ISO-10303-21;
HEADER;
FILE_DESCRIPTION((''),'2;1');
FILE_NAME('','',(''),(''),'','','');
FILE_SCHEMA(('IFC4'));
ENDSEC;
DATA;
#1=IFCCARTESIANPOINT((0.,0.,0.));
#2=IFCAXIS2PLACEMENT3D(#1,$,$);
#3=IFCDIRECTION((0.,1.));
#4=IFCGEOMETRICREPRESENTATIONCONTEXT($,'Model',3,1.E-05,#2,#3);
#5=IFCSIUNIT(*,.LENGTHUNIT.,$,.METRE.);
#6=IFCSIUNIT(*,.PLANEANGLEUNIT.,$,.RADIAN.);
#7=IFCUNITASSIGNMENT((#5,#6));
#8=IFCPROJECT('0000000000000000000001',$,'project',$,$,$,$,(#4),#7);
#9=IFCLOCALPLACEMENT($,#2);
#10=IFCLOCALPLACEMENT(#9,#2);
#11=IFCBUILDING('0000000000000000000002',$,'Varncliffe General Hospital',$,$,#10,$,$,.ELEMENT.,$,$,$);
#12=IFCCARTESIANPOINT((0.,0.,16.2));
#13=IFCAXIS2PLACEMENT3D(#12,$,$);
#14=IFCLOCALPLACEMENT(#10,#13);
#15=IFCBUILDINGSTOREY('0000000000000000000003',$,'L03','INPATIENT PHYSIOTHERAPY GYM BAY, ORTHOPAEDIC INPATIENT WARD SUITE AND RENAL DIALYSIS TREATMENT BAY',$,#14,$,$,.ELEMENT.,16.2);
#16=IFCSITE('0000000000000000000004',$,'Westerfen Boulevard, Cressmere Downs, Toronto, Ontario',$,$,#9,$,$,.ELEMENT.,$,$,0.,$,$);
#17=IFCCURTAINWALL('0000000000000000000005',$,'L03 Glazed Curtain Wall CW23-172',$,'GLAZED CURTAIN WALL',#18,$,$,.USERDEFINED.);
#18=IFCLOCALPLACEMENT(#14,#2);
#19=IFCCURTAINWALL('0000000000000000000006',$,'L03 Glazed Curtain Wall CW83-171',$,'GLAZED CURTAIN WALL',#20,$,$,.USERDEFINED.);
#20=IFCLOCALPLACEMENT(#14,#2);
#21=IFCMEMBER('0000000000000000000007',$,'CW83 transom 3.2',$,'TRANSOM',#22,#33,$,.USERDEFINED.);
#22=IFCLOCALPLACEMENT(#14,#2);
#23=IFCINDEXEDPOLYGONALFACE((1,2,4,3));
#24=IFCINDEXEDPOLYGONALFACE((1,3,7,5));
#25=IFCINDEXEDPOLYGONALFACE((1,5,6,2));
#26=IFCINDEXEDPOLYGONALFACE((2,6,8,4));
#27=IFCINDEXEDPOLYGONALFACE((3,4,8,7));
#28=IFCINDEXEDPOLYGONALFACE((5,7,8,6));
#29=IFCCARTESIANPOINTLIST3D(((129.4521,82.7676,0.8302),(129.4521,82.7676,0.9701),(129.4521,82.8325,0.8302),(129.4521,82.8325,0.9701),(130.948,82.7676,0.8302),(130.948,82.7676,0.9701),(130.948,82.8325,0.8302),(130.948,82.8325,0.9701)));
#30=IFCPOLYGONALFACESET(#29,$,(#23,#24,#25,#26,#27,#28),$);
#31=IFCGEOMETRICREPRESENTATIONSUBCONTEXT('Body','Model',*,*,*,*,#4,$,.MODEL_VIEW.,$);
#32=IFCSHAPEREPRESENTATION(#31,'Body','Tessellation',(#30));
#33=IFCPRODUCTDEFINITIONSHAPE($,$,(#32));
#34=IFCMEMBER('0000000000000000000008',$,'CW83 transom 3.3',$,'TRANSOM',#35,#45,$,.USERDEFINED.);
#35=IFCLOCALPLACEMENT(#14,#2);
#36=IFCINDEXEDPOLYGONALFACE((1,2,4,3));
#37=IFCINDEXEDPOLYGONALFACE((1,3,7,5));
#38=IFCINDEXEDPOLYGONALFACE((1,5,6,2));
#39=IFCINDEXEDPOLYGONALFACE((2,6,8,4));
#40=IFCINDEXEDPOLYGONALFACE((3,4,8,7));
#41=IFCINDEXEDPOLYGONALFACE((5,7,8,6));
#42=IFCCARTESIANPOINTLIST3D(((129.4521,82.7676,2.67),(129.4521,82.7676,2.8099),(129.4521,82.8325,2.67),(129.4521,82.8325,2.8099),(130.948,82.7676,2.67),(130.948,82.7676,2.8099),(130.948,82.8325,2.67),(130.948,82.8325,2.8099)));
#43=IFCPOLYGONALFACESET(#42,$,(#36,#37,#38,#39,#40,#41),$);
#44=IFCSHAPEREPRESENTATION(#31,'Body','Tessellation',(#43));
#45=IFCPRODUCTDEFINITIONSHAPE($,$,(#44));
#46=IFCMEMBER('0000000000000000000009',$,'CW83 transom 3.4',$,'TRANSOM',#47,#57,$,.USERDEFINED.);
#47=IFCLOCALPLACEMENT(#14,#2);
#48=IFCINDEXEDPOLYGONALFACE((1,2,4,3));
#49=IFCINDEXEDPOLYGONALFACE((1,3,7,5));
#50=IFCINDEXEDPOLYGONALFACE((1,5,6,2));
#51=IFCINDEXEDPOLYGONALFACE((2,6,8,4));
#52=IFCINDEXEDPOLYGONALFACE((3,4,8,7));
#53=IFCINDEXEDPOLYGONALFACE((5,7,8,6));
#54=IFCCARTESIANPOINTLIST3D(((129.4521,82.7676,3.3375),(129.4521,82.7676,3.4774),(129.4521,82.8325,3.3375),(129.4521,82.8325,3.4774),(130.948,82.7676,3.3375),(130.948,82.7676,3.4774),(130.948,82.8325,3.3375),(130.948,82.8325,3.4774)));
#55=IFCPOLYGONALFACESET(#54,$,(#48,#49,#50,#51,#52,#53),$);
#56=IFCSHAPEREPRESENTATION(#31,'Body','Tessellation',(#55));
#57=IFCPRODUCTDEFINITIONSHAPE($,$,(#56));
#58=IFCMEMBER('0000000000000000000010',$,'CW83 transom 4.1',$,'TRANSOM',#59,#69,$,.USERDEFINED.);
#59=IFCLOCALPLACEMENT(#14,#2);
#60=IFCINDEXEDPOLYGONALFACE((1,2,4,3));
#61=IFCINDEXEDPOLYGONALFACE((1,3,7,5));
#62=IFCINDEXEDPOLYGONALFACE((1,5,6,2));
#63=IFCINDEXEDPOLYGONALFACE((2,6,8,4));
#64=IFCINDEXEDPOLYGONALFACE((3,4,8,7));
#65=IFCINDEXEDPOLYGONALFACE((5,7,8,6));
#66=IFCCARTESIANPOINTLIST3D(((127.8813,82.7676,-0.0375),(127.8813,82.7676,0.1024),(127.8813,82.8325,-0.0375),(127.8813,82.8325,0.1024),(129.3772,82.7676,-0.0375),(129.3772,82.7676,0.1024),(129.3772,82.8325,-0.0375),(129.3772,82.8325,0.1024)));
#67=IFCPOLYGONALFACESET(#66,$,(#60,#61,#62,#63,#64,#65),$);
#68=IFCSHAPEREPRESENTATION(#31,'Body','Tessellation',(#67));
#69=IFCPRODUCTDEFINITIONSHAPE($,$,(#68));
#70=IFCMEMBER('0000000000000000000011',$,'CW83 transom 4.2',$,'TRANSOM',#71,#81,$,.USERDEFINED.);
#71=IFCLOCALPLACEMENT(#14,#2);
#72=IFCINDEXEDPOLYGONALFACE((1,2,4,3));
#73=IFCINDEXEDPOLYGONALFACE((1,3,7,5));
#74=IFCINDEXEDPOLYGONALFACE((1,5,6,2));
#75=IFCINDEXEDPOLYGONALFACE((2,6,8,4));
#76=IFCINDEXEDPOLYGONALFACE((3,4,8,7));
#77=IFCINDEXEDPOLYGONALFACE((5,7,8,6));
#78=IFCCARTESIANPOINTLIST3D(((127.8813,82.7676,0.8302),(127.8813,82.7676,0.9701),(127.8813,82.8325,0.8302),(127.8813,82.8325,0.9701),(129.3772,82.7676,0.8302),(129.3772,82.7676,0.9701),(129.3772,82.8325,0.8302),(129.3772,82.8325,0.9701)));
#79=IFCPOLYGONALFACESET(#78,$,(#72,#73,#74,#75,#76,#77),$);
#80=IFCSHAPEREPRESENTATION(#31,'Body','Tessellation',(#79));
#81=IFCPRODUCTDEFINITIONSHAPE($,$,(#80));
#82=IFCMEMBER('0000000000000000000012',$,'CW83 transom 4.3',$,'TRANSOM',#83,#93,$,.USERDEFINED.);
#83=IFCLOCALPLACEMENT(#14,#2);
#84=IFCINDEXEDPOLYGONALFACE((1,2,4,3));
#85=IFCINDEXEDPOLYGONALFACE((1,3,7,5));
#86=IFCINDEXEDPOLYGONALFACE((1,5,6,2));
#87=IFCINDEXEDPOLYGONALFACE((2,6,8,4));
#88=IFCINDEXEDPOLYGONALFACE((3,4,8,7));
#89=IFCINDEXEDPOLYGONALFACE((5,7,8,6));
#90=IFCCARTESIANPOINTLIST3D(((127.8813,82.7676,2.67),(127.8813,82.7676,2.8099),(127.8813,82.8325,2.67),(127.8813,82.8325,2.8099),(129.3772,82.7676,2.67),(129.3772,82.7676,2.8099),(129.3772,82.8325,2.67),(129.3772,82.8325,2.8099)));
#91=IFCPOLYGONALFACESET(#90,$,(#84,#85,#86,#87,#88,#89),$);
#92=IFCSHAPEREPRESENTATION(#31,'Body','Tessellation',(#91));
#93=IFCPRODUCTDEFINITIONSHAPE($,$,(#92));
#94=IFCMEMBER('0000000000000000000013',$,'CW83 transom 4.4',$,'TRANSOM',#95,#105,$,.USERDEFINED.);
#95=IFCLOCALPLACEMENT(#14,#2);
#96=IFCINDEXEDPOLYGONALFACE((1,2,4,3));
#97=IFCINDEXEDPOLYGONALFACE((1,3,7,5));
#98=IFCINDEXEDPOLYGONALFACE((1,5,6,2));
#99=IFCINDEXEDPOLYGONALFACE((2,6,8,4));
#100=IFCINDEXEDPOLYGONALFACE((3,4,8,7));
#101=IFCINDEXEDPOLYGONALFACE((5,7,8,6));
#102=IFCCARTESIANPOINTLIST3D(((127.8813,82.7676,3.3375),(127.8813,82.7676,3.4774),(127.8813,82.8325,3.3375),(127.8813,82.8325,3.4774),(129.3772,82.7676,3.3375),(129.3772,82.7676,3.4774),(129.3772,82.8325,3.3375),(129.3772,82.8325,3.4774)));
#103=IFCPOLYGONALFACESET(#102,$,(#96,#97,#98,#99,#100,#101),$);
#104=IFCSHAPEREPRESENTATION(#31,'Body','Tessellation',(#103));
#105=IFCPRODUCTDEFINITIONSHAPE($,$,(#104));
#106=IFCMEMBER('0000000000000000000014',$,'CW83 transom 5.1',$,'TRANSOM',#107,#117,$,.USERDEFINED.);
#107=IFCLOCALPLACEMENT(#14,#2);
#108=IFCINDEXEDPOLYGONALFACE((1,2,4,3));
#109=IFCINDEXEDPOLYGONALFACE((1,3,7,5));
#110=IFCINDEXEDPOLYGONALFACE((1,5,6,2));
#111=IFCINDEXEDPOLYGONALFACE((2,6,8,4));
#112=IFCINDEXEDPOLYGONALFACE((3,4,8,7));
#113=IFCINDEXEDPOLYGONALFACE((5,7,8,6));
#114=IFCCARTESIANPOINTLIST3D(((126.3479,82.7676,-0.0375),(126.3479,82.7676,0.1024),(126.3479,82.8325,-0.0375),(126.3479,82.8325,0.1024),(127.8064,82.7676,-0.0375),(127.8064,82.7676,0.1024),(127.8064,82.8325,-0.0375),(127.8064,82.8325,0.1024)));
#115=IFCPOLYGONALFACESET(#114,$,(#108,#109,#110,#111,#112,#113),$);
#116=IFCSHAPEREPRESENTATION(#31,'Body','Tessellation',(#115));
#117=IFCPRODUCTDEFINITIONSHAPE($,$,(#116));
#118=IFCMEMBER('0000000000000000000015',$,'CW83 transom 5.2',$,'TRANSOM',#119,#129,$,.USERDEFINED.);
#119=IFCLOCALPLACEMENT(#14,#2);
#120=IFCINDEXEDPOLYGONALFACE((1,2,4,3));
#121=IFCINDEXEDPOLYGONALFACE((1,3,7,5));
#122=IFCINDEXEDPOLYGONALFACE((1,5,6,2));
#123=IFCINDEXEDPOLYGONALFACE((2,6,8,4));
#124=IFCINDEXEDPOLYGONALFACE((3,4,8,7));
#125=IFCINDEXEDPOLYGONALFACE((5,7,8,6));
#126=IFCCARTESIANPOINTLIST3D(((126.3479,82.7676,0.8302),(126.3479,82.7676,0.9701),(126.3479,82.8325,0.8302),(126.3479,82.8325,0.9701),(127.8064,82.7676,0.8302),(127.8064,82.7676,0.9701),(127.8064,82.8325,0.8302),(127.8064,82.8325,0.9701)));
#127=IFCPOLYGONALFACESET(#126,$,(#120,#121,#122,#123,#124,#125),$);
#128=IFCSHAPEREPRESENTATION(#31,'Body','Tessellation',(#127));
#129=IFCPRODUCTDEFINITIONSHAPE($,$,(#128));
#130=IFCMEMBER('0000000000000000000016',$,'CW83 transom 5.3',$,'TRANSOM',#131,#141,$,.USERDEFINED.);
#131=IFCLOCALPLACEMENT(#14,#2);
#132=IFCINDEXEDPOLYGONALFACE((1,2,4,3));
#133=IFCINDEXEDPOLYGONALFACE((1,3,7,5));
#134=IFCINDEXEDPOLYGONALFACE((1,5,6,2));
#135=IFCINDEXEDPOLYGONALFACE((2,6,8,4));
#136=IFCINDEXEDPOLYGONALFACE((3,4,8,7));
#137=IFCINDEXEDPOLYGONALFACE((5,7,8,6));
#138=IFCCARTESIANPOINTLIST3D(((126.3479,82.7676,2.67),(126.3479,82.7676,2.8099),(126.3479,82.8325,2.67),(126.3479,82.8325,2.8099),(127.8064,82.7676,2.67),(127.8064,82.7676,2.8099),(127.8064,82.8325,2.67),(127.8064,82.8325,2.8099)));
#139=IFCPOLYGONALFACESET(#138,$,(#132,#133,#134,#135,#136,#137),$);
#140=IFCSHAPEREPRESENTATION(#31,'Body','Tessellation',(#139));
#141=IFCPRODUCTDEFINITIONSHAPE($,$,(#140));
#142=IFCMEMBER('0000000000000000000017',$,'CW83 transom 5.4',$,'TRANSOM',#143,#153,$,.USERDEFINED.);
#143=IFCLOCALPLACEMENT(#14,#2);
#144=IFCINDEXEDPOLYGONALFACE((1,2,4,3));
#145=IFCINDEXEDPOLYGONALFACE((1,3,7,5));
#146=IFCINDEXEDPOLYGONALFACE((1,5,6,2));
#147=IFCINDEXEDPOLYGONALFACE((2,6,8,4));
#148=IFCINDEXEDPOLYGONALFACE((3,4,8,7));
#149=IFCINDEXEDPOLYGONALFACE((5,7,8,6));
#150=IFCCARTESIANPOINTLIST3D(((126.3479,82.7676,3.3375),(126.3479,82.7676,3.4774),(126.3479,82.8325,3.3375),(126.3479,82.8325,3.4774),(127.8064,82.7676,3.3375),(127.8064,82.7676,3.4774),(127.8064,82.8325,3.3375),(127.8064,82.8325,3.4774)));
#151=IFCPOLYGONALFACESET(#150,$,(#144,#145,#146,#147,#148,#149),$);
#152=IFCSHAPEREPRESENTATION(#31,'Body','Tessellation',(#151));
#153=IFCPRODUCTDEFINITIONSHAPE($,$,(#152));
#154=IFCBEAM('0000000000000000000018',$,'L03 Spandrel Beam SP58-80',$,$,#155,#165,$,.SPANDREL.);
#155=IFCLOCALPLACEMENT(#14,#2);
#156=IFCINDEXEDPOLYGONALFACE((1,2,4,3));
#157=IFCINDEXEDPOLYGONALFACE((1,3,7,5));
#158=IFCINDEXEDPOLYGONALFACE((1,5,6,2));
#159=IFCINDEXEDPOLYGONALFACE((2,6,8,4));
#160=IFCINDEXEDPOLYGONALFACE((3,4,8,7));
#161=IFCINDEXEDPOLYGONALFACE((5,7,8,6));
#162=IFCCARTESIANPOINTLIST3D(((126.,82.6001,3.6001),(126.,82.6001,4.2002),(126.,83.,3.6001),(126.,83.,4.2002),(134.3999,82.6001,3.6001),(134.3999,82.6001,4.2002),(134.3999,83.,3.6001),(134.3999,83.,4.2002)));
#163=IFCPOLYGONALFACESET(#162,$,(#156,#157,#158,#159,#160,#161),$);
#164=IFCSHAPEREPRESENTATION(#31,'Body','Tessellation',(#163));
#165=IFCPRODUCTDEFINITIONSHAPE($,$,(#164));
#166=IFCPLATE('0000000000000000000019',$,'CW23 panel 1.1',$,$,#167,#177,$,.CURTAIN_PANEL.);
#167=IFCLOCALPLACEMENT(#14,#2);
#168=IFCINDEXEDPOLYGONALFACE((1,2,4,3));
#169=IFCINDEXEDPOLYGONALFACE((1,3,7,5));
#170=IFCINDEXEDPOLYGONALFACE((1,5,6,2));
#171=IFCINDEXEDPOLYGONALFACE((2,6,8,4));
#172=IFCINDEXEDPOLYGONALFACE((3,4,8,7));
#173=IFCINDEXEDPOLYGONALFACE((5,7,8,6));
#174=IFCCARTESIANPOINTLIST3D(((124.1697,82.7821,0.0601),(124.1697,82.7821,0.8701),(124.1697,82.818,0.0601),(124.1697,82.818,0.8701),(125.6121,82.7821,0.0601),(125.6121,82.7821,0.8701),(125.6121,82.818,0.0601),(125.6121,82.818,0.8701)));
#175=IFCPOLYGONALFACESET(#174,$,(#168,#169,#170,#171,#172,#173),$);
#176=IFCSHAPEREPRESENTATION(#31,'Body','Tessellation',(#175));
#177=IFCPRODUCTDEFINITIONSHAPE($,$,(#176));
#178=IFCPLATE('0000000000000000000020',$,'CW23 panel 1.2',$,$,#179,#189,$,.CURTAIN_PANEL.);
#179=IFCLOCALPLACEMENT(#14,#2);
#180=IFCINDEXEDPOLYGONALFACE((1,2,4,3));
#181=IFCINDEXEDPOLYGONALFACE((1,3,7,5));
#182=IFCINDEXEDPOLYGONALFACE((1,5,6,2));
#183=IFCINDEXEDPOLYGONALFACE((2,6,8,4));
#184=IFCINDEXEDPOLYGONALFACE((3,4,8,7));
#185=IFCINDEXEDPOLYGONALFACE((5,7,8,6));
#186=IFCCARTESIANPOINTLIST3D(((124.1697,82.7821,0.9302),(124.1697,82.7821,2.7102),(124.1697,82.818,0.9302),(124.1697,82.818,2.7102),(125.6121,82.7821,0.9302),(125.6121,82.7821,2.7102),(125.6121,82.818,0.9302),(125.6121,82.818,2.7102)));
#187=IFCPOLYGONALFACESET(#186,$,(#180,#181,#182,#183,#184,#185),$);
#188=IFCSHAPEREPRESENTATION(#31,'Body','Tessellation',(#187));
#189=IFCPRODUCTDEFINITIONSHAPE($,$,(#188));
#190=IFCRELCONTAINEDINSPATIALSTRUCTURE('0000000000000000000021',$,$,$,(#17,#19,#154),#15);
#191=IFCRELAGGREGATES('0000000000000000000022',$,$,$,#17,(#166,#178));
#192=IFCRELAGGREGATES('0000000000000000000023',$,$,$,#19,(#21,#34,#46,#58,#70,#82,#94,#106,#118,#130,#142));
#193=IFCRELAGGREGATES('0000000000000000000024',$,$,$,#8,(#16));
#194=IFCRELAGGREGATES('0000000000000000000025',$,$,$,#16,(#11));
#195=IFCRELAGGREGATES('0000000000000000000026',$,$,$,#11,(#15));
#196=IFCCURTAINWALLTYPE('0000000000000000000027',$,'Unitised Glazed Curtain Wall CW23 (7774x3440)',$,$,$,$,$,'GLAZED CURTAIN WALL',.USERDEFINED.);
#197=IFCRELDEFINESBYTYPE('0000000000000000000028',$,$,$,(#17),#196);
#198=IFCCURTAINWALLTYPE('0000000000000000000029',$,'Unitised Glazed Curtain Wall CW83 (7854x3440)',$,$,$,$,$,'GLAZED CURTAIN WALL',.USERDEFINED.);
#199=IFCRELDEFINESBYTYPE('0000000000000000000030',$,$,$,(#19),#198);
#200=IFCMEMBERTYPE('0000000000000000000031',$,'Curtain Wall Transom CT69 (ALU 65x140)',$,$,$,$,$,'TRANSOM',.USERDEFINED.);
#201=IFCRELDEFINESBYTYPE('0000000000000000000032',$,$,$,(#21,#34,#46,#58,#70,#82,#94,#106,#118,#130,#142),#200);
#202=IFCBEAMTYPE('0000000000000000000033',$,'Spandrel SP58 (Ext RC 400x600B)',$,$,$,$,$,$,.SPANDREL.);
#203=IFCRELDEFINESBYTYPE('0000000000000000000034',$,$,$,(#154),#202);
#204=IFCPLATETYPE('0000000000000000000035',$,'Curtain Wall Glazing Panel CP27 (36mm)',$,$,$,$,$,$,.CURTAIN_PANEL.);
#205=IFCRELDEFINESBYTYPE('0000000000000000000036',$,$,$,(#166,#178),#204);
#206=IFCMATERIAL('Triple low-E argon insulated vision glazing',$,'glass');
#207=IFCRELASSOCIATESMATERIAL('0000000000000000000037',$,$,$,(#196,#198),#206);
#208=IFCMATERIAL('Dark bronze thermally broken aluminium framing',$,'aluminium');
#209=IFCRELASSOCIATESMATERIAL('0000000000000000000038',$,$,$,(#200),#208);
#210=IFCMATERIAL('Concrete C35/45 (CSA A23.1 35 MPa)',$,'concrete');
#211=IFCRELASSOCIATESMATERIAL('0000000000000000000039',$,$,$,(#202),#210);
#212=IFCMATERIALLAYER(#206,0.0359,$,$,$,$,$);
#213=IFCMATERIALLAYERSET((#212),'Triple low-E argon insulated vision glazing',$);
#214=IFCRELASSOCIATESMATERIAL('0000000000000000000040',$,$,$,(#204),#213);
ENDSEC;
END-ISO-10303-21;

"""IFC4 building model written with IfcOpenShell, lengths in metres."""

from ifc_helpers import new_model, si_unit, direction, frame, origin, origin_2d, place, context, subcontext, project, spatial, rectangle, extrude, material, layer, layer_set, material_profile, profile_set, type_object, element, aggregate, save


model = new_model("IFC4")

# Units and contexts
model_context = context("Model", 3, precision=1e-05, world=origin(), true_north=direction((0.0, 1.0)))
body_context = subcontext(model_context, "Body", "Model", "MODEL_VIEW")
ifc_project = project(units=[si_unit("LENGTHUNIT", "METRE"), si_unit("PLANEANGLEUNIT", "RADIAN")], contexts=[model_context])

# Site, building, storey
site_placement = place(None, origin())
site = spatial("IfcSite", under=ifc_project, at=site_placement, Name="Westerfen Boulevard, Cressmere Downs, Toronto, Ontario", CompositionType="ELEMENT", RefElevation=0.0)
building_placement = place(site_placement, origin())
building = spatial("IfcBuilding", under=site, at=building_placement, Name="Varncliffe General Hospital", CompositionType="ELEMENT")
storey_placement = place(building_placement, frame((0.0, 0.0, 16.2)))
storey = spatial("IfcBuildingStorey", under=building, at=storey_placement, Name="L03", Description="INPATIENT PHYSIOTHERAPY GYM BAY, ORTHOPAEDIC INPATIENT WARD SUITE AND RENAL DIALYSIS TREATMENT BAY", CompositionType="ELEMENT", Elevation=16.2)

# Shared definitions
ifc_material_1 = material(Name="Concrete C35/45 (CSA A23.1 35 MPa)", Category="concrete")

# Curtain walls
ifc_material_2 = material(Name="Triple low-E argon insulated vision glazing", Category="glass")
curtain_wall_type_1 = type_object("IfcCurtainWallType", Name="Unitised Glazed Curtain Wall CW23 (7774x3440)", ElementType="GLAZED CURTAIN WALL", PredefinedType="USERDEFINED", material=ifc_material_2)
curtain_wall_1_placement = place(storey_placement, origin())
curtain_wall_1 = element("IfcCurtainWall", 1, at=curtain_wall_1_placement, inside=storey, type_object=curtain_wall_type_1, Name="L03 Glazed Curtain Wall CW23-172", ObjectType="GLAZED CURTAIN WALL", PredefinedType="USERDEFINED")
ifc_material_3 = material(Name="Dark bronze thermally broken aluminium framing", Category="aluminium")
curtain_wall_type_2 = type_object("IfcCurtainWallType", Name="Unitised Glazed Curtain Wall CW83 (7854x3440)", ElementType="GLAZED CURTAIN WALL", PredefinedType="USERDEFINED", material=ifc_material_2)
curtain_wall_2_placement = place(storey_placement, origin())
curtain_wall_2 = element("IfcCurtainWall", 2, at=curtain_wall_2_placement, inside=storey, type_object=curtain_wall_type_2, Name="L03 Glazed Curtain Wall CW83-171", ObjectType="GLAZED CURTAIN WALL", PredefinedType="USERDEFINED")

# Members
ifc_material_profile_1 = material_profile(ifc_material_3, rectangle(XDim=0.0649, YDim=0.1399, at=origin_2d()), Name="ALU 65x140")
ifc_profile_set_1 = profile_set([ifc_material_profile_1], Name="Dark bronze thermally broken aluminium framing")
member_type_1 = type_object("IfcMemberType", Name="Curtain Wall Transom CT69 (ALU 65x140)", ElementType="TRANSOM", PredefinedType="USERDEFINED", material=ifc_profile_set_1)
member_1_placement = place(storey_placement, frame((130.948, 82.8, 0.9001), z_axis=(-1.0, 0.0, 0.0), x_axis=(0.0, -1.0, 0.0)))
member_1 = element("IfcMember", 3, at=member_1_placement, type_object=member_type_1, Name="CW83 transom 3.2", ObjectType="TRANSOM", PredefinedType="USERDEFINED", context=body_context, shape_type="SweptSolid", body=[
    extrude(rectangle(XDim=0.0649, YDim=0.1399, at=origin_2d()), origin(), (0.0, 0.0, 1.0), 1.4958),
])
member_2_placement = place(storey_placement, frame((130.948, 82.8, 2.74), z_axis=(-1.0, 0.0, 0.0), x_axis=(0.0, -1.0, 0.0)))
member_2 = element("IfcMember", 4, at=member_2_placement, type_object=member_type_1, Name="CW83 transom 3.3", ObjectType="TRANSOM", PredefinedType="USERDEFINED", context=body_context, shape_type="SweptSolid", body=[
    extrude(rectangle(XDim=0.0649, YDim=0.1399, at=origin_2d()), origin(), (0.0, 0.0, 1.0), 1.4958),
])
member_3_placement = place(storey_placement, frame((130.948, 82.8, 3.4075), z_axis=(-1.0, 0.0, 0.0), x_axis=(0.0, -1.0, 0.0)))
member_3 = element("IfcMember", 5, at=member_3_placement, type_object=member_type_1, Name="CW83 transom 3.4", ObjectType="TRANSOM", PredefinedType="USERDEFINED", context=body_context, shape_type="SweptSolid", body=[
    extrude(rectangle(XDim=0.0649, YDim=0.1399, at=origin_2d()), origin(), (0.0, 0.0, 1.0), 1.4958),
])
member_4_placement = place(storey_placement, frame((129.3772, 82.8, 0.0325), z_axis=(-1.0, 0.0, 0.0), x_axis=(0.0, -1.0, 0.0)))
member_4 = element("IfcMember", 6, at=member_4_placement, type_object=member_type_1, Name="CW83 transom 4.1", ObjectType="TRANSOM", PredefinedType="USERDEFINED", context=body_context, shape_type="SweptSolid", body=[
    extrude(rectangle(XDim=0.0649, YDim=0.1399, at=origin_2d()), origin(), (0.0, 0.0, 1.0), 1.4958),
])
member_5_placement = place(storey_placement, frame((129.3772, 82.8, 0.9001), z_axis=(-1.0, 0.0, 0.0), x_axis=(0.0, -1.0, 0.0)))
member_5 = element("IfcMember", 7, at=member_5_placement, type_object=member_type_1, Name="CW83 transom 4.2", ObjectType="TRANSOM", PredefinedType="USERDEFINED", context=body_context, shape_type="SweptSolid", body=[
    extrude(rectangle(XDim=0.0649, YDim=0.1399, at=origin_2d()), origin(), (0.0, 0.0, 1.0), 1.4958),
])
member_6_placement = place(storey_placement, frame((129.3772, 82.8, 2.74), z_axis=(-1.0, 0.0, 0.0), x_axis=(0.0, -1.0, 0.0)))
member_6 = element("IfcMember", 8, at=member_6_placement, type_object=member_type_1, Name="CW83 transom 4.3", ObjectType="TRANSOM", PredefinedType="USERDEFINED", context=body_context, shape_type="SweptSolid", body=[
    extrude(rectangle(XDim=0.0649, YDim=0.1399, at=origin_2d()), origin(), (0.0, 0.0, 1.0), 1.4958),
])
member_7_placement = place(storey_placement, frame((129.3772, 82.8, 3.4075), z_axis=(-1.0, 0.0, 0.0), x_axis=(0.0, -1.0, 0.0)))
member_7 = element("IfcMember", 9, at=member_7_placement, type_object=member_type_1, Name="CW83 transom 4.4", ObjectType="TRANSOM", PredefinedType="USERDEFINED", context=body_context, shape_type="SweptSolid", body=[
    extrude(rectangle(XDim=0.0649, YDim=0.1399, at=origin_2d()), origin(), (0.0, 0.0, 1.0), 1.4958),
])
member_8_placement = place(storey_placement, frame((127.8064, 82.8, 0.0325), z_axis=(-1.0, 0.0, 0.0), x_axis=(0.0, -1.0, 0.0)))
member_8 = element("IfcMember", 10, at=member_8_placement, type_object=member_type_1, Name="CW83 transom 5.1", ObjectType="TRANSOM", PredefinedType="USERDEFINED", context=body_context, shape_type="SweptSolid", body=[
    extrude(rectangle(XDim=0.0649, YDim=0.1399, at=origin_2d()), origin(), (0.0, 0.0, 1.0), 1.4585),
])
member_9_placement = place(storey_placement, frame((127.8064, 82.8, 0.9001), z_axis=(-1.0, 0.0, 0.0), x_axis=(0.0, -1.0, 0.0)))
member_9 = element("IfcMember", 11, at=member_9_placement, type_object=member_type_1, Name="CW83 transom 5.2", ObjectType="TRANSOM", PredefinedType="USERDEFINED", context=body_context, shape_type="SweptSolid", body=[
    extrude(rectangle(XDim=0.0649, YDim=0.1399, at=origin_2d()), origin(), (0.0, 0.0, 1.0), 1.4585),
])
member_10_placement = place(storey_placement, frame((127.8064, 82.8, 2.74), z_axis=(-1.0, 0.0, 0.0), x_axis=(0.0, -1.0, 0.0)))
member_10 = element("IfcMember", 12, at=member_10_placement, type_object=member_type_1, Name="CW83 transom 5.3", ObjectType="TRANSOM", PredefinedType="USERDEFINED", context=body_context, shape_type="SweptSolid", body=[
    extrude(rectangle(XDim=0.0649, YDim=0.1399, at=origin_2d()), origin(), (0.0, 0.0, 1.0), 1.4585),
])
member_11_placement = place(storey_placement, frame((127.8064, 82.8, 3.4075), z_axis=(-1.0, 0.0, 0.0), x_axis=(0.0, -1.0, 0.0)))
member_11 = element("IfcMember", 13, at=member_11_placement, type_object=member_type_1, Name="CW83 transom 5.4", ObjectType="TRANSOM", PredefinedType="USERDEFINED", context=body_context, shape_type="SweptSolid", body=[
    extrude(rectangle(XDim=0.0649, YDim=0.1399, at=origin_2d()), origin(), (0.0, 0.0, 1.0), 1.4585),
])

# Beam
ifc_material_profile_2 = material_profile(ifc_material_1, rectangle(XDim=0.3999, YDim=0.6001, at=origin_2d()), Name="RC 400x600")
ifc_profile_set_2 = profile_set([ifc_material_profile_2], Name="Concrete C35/45 (CSA A23.1 35 MPa)")
beam_type_1 = type_object("IfcBeamType", Name="Spandrel SP58 (Ext RC 400x600B)", PredefinedType="SPANDREL", material=ifc_profile_set_2)
beam_1_placement = place(storey_placement, frame((126.0, 82.8, 3.9001), z_axis=(1.0, 0.0, 0.0), x_axis=(0.0, 1.0, 0.0)))
element("IfcBeam", 14, at=beam_1_placement, inside=storey, type_object=beam_type_1, Name="L03 Spandrel Beam SP58-80", PredefinedType="SPANDREL", context=body_context, shape_type="SweptSolid", body=[
    extrude(rectangle(XDim=0.3999, YDim=0.6001, at=origin_2d()), origin(), (0.0, 0.0, 1.0), 8.3999),
])

# Plates
ifc_layer_1 = layer(ifc_material_2, 0.0359)
ifc_layer_set_1 = layer_set([ifc_layer_1], Name="Triple low-E argon insulated vision glazing")
plate_type_1 = type_object("IfcPlateType", Name="Curtain Wall Glazing Panel CP27 (36mm)", PredefinedType="CURTAIN_PANEL", material=ifc_layer_set_1)
plate_1_placement = place(storey_placement, frame((124.8909, 82.8, 0.0601), z_axis=(0.0, 0.0, 1.0), x_axis=(-1.0, 0.0, 0.0)))
plate_1 = element("IfcPlate", 15, at=plate_1_placement, type_object=plate_type_1, Name="CW23 panel 1.1", PredefinedType="CURTAIN_PANEL", context=body_context, shape_type="SweptSolid", body=[
    extrude(rectangle(XDim=1.4424, YDim=0.0359, at=origin_2d()), origin(), (0.0, 0.0, 1.0), 0.8101),
])
plate_2_placement = place(storey_placement, frame((124.8909, 82.8, 0.9302), z_axis=(0.0, 0.0, 1.0), x_axis=(-1.0, 0.0, 0.0)))
plate_2 = element("IfcPlate", 16, at=plate_2_placement, type_object=plate_type_1, Name="CW23 panel 1.2", PredefinedType="CURTAIN_PANEL", context=body_context, shape_type="SweptSolid", body=[
    extrude(rectangle(XDim=1.4424, YDim=0.0359, at=origin_2d()), origin(), (0.0, 0.0, 1.0), 1.78),
])
aggregate(curtain_wall_1, [plate_1, plate_2])
aggregate(curtain_wall_2, [member_1, member_2, member_3, member_4, member_5, member_6, member_7, member_8, member_9, member_10, member_11])

save(model, "model.ifc")
